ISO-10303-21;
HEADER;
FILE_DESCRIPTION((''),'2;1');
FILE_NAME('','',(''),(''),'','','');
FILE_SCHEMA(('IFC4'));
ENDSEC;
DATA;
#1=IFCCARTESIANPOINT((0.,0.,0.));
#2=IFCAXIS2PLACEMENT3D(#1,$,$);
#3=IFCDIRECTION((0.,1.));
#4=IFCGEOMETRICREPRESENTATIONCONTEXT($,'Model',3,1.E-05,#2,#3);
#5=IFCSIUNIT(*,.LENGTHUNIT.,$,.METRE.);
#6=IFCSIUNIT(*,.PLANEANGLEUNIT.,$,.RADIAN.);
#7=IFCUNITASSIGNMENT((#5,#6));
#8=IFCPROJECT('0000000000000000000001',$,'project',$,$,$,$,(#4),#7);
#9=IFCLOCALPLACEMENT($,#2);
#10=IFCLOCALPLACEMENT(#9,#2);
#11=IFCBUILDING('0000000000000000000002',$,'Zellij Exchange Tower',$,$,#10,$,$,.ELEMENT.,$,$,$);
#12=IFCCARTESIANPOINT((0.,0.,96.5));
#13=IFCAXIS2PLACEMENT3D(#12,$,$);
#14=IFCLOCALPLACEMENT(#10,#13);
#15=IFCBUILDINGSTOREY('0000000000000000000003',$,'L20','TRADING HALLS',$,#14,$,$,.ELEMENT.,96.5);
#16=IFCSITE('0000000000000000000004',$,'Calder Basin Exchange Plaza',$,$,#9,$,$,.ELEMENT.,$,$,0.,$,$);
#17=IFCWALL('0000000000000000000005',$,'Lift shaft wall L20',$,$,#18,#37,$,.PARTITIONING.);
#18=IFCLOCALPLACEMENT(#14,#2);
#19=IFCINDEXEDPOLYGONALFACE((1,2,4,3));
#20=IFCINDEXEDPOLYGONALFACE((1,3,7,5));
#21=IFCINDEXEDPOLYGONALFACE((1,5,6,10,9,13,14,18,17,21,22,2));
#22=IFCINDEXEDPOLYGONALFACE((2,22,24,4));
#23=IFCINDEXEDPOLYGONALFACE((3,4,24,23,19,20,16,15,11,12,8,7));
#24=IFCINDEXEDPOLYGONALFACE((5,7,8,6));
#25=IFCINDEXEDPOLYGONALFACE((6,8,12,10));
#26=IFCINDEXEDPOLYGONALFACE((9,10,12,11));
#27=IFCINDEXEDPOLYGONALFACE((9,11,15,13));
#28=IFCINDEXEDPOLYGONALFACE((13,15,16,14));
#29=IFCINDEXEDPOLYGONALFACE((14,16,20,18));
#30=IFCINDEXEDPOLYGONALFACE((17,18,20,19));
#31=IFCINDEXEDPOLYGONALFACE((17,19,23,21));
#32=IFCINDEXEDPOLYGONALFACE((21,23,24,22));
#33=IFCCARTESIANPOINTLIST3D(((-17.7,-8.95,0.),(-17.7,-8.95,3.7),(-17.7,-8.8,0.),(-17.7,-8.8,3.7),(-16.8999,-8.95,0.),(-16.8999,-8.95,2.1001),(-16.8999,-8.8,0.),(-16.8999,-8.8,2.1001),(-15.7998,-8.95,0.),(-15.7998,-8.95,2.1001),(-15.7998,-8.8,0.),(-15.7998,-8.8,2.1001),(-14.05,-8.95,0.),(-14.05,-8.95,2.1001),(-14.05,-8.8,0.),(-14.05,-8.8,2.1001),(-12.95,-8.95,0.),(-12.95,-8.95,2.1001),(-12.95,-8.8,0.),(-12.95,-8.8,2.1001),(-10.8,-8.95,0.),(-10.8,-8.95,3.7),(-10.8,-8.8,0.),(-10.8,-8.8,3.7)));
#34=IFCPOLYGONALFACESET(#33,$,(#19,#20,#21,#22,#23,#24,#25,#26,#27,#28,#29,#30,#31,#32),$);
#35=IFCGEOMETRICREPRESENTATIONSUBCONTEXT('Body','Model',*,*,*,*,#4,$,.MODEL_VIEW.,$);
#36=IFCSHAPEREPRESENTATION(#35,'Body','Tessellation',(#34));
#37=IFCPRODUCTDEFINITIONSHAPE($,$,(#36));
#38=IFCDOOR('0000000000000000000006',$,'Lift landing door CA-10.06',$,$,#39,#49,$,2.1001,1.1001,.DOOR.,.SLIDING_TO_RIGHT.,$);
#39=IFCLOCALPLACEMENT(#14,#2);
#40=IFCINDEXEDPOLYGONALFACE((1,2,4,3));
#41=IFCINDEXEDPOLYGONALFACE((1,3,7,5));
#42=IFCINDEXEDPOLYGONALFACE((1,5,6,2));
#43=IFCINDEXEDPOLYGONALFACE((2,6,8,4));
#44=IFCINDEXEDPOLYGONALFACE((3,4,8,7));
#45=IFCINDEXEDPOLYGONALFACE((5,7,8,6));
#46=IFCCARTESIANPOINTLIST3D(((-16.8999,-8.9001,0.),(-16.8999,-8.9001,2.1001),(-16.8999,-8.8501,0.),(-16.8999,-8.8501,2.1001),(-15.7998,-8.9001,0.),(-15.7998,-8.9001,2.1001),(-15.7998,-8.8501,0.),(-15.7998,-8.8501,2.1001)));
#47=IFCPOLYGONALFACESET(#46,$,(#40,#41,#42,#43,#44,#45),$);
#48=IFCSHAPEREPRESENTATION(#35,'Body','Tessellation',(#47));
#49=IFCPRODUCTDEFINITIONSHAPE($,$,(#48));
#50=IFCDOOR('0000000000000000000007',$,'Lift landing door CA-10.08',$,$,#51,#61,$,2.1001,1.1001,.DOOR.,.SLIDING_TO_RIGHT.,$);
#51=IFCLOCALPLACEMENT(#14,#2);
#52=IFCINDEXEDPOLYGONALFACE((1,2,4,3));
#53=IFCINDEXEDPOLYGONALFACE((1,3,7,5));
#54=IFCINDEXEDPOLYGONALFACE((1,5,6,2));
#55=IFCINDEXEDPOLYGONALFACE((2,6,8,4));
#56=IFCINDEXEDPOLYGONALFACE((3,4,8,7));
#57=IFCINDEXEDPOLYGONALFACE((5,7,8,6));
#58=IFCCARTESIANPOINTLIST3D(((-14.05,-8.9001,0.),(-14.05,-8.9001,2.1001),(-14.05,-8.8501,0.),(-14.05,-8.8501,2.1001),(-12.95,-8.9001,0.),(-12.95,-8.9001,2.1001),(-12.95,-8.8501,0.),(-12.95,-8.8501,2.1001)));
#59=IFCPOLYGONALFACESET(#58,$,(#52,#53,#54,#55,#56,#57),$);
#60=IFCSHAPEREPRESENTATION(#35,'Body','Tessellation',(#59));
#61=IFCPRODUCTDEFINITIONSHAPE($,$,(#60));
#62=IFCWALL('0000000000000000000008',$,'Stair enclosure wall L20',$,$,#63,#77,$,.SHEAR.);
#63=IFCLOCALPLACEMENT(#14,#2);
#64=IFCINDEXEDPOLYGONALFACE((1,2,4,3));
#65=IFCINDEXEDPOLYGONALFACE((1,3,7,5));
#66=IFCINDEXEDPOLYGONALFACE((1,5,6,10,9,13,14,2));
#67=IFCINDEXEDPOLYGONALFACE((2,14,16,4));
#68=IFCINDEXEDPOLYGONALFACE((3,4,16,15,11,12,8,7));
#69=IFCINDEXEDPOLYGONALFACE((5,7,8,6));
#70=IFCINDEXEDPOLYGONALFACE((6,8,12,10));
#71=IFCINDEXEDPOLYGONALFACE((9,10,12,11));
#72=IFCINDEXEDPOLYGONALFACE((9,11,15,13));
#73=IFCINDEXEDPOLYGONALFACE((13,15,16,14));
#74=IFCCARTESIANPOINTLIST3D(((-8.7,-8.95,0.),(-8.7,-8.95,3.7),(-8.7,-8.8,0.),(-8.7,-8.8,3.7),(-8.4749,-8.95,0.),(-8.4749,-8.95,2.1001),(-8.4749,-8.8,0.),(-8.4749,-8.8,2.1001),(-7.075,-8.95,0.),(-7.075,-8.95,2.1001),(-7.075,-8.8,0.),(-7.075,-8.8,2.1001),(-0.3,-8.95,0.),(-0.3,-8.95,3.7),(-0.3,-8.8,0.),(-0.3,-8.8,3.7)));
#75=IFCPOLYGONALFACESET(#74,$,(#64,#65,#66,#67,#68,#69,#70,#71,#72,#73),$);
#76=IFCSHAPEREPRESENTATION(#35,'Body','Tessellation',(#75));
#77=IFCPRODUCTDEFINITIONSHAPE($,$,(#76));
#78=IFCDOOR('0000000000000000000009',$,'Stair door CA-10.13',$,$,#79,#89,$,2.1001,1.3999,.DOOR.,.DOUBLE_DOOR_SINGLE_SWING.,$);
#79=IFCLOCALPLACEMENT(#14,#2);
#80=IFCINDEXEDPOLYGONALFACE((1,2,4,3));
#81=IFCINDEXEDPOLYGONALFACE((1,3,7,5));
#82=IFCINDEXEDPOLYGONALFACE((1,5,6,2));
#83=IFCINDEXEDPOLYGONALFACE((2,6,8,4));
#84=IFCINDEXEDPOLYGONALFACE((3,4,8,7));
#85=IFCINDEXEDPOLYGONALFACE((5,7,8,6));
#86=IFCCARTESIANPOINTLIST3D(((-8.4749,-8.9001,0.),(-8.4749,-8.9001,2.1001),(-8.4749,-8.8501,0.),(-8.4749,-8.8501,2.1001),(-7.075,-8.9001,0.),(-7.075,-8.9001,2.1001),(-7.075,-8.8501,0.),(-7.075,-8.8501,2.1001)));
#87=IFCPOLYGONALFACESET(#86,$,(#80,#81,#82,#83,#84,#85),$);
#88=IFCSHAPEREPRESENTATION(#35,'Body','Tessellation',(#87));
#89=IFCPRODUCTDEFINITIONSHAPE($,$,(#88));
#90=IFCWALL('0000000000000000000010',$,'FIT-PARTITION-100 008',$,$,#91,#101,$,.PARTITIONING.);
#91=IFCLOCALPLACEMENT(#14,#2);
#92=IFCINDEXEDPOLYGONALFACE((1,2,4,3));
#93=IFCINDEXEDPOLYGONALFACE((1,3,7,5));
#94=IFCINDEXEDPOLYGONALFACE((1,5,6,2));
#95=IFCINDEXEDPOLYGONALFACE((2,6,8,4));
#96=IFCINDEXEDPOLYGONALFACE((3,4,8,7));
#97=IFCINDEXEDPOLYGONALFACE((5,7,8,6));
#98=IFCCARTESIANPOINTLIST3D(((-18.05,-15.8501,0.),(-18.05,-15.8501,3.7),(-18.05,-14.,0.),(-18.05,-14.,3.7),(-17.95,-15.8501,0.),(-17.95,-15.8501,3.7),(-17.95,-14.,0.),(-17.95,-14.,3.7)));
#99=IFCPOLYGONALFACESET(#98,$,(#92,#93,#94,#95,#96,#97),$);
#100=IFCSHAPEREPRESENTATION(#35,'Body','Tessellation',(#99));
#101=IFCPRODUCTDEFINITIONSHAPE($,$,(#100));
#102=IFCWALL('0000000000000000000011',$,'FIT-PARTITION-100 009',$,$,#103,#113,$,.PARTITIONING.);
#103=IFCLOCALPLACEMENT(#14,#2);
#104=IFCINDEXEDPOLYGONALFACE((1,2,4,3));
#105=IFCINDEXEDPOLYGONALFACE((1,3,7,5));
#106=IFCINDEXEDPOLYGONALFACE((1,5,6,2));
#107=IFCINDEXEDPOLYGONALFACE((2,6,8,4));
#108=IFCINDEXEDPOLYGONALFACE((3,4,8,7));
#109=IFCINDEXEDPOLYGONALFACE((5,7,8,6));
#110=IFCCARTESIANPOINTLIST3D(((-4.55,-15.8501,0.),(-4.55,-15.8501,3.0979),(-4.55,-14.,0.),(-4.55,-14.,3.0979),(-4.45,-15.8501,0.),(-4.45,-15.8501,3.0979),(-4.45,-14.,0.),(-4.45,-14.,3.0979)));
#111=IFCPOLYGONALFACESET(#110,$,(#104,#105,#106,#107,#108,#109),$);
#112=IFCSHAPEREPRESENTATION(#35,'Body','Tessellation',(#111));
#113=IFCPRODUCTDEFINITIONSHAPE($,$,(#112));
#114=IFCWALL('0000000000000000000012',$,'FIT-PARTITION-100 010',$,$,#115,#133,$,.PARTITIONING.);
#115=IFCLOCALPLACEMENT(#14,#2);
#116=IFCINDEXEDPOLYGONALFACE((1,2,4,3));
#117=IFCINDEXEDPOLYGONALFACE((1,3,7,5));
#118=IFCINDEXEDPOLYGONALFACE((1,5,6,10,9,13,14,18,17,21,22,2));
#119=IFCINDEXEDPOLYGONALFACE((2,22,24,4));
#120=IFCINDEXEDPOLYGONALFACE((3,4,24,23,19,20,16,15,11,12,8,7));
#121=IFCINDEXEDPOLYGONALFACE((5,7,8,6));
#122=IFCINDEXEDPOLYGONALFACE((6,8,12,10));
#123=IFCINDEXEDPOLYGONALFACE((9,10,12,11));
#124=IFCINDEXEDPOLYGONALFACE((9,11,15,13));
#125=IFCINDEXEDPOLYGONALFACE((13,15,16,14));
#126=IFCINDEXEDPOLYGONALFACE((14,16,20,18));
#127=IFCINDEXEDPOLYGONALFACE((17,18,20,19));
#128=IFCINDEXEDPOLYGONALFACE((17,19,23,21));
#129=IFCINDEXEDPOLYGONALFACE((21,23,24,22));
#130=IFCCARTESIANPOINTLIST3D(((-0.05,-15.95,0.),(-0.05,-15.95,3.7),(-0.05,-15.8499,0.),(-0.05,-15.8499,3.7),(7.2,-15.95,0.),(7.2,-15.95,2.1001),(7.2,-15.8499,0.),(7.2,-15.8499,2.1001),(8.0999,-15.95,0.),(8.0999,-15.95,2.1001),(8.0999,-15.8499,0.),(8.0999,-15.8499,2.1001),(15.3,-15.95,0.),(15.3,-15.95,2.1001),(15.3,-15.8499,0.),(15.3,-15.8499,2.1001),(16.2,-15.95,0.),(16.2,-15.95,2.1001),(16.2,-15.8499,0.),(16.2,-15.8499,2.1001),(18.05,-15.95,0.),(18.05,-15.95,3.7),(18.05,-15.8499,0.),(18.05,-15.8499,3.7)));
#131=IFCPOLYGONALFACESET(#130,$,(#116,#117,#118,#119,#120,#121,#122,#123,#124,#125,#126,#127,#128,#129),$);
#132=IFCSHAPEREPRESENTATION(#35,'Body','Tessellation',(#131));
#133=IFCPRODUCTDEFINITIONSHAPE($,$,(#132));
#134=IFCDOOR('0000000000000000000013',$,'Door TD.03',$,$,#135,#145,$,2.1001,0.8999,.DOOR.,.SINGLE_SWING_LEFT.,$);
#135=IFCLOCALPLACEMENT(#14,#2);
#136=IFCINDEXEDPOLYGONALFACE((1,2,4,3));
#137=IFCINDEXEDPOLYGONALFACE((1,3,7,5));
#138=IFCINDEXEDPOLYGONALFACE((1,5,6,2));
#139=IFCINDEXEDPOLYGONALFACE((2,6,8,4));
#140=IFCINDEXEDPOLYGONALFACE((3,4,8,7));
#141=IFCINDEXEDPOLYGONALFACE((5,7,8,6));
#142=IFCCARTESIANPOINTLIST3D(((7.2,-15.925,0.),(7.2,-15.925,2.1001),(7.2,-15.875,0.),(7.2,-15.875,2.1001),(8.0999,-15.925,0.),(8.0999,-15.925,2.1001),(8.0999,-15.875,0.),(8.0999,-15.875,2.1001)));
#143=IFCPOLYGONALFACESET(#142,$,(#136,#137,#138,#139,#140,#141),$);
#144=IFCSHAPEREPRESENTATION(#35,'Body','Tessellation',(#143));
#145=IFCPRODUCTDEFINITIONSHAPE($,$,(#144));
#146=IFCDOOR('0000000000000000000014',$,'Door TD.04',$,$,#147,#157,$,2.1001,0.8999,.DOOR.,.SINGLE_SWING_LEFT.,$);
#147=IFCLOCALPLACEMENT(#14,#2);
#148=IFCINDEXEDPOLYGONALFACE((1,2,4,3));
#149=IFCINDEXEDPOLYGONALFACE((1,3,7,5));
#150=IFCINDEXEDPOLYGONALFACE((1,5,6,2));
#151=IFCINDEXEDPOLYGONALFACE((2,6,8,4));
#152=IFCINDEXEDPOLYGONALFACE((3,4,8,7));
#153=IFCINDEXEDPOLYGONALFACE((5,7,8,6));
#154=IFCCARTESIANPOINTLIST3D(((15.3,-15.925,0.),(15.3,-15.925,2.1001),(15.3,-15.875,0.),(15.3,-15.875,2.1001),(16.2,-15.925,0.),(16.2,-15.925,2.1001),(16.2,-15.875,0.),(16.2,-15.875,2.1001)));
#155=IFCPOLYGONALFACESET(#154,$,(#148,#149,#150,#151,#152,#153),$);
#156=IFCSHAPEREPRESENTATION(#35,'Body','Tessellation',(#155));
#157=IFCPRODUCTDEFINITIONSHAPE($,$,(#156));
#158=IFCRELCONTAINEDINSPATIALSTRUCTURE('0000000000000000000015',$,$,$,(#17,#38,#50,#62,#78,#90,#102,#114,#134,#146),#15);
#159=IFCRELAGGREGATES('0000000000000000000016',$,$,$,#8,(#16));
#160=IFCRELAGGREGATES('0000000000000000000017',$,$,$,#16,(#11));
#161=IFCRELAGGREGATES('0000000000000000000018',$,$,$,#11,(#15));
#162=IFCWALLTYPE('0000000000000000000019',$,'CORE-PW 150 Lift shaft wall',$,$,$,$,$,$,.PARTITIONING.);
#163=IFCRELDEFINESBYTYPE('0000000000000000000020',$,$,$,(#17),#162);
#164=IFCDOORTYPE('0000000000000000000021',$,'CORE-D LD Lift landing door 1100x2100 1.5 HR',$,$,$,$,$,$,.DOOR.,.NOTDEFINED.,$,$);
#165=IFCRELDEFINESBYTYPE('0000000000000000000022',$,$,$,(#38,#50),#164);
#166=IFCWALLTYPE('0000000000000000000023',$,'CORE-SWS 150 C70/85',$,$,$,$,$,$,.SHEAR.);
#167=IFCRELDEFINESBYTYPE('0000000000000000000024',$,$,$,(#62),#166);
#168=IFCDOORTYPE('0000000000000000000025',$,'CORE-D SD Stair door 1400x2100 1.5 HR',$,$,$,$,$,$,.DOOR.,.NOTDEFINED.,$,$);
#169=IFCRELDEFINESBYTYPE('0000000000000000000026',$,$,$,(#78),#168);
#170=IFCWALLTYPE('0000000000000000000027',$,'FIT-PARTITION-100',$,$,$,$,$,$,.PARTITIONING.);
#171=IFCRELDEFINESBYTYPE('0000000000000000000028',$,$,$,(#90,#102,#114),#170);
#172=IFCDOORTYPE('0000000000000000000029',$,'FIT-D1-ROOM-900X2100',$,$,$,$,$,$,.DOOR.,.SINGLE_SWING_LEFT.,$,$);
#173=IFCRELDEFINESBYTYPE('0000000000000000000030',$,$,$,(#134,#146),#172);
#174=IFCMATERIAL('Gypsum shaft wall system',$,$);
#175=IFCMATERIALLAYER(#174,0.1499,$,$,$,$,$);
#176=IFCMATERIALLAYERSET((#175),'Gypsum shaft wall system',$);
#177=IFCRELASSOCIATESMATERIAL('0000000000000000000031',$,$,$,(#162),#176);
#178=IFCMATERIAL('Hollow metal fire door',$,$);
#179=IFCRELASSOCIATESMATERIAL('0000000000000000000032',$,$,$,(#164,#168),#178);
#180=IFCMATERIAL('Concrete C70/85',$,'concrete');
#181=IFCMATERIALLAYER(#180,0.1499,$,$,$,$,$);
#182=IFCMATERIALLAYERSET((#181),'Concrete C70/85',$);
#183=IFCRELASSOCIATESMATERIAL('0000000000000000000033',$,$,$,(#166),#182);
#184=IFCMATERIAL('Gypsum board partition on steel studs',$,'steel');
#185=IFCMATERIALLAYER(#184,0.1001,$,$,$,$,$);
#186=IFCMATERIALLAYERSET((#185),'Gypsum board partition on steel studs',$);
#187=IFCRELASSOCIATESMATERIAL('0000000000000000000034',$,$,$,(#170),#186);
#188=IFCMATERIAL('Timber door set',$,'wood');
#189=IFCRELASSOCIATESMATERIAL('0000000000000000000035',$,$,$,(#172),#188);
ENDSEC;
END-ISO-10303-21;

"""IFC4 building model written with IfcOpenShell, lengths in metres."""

from ifc_helpers import new_model, si_unit, direction, frame, frame_2d, origin, place, context, subcontext, project, spatial, rectangle, extrude, material, layer, layer_set, type_object, element, fill, save


model = new_model("IFC4")

# Units and contexts
model_context = context("Model", 3, precision=1e-05, world=origin(), true_north=direction((0.0, 1.0)))
body_context = subcontext(model_context, "Body", "Model", "MODEL_VIEW")
ifc_project = project(units=[si_unit("LENGTHUNIT", "METRE"), si_unit("PLANEANGLEUNIT", "RADIAN")], contexts=[model_context])

# Site, building, storey
site_placement = place(None, origin())
site = spatial("IfcSite", under=ifc_project, at=site_placement, Name="Calder Basin Exchange Plaza", CompositionType="ELEMENT", RefElevation=0.0)
building_placement = place(site_placement, origin())
building = spatial("IfcBuilding", under=site, at=building_placement, Name="Zellij Exchange Tower", CompositionType="ELEMENT")
storey_placement = place(building_placement, frame((0.0, 0.0, 96.5)))
storey = spatial("IfcBuildingStorey", under=building, at=storey_placement, Name="L20", Description="TRADING HALLS", CompositionType="ELEMENT", Elevation=96.5)

# Shared definitions
ifc_material_1 = material(Name="Concrete C70/85", Category="concrete")

# Shared definitions
ifc_material_2 = material(Name="Gypsum shaft wall system")
ifc_material_3 = material(Name="Hollow metal fire door")

# Shared definitions
ifc_layer_1 = layer(ifc_material_2, 0.1499)
ifc_layer_set_1 = layer_set([ifc_layer_1], Name="Gypsum shaft wall system")
wall_type_1 = type_object("IfcWallType", Name="CORE-PW 150 Lift shaft wall", PredefinedType="PARTITIONING", material=ifc_layer_set_1)

# Wall, openings, doors
wall_1_placement = place(storey_placement, frame((-17.7, -8.875, 0.0), z_axis=(0.0, 0.0, 1.0), x_axis=(1.0, 0.0, 0.0)))
wall_1 = element("IfcWall", 1, at=wall_1_placement, inside=storey, type_object=wall_type_1, Name="Lift shaft wall L20", PredefinedType="PARTITIONING", context=body_context, shape_type="SweptSolid", body=[
    extrude(rectangle(XDim=6.8999, YDim=0.1499, at=frame_2d((3.45, 0.0))), origin(), (0.0, 0.0, 1.0), 3.7),
])
opening_1_placement = place(wall_1_placement, frame((0.8, 0.0, 0.0)))
opening_1 = element("IfcOpeningElement", 2, at=opening_1_placement, cuts=wall_1, PredefinedType="OPENING", context=body_context, shape_type="SweptSolid", body=[
    extrude(rectangle(XDim=1.1001, YDim=2.1001, at=frame_2d((0.55, 1.05))), frame((0.0, 0.0869, 0.0), z_axis=(0.0, -1.0, 0.0), x_axis=(1.0, 0.0, 0.0)), (0.0, 0.0, 1.0), 0.1738),
])
opening_2_placement = place(wall_1_placement, frame((3.6499, 0.0, 0.0)))
opening_2 = element("IfcOpeningElement", 3, at=opening_2_placement, cuts=wall_1, PredefinedType="OPENING", context=body_context, shape_type="SweptSolid", body=[
    extrude(rectangle(XDim=1.1001, YDim=2.1001, at=frame_2d((0.55, 1.05))), frame((0.0, 0.0869, 0.0), z_axis=(0.0, -1.0, 0.0), x_axis=(1.0, 0.0, 0.0)), (0.0, 0.0, 1.0), 0.1738),
])
door_type_1 = type_object("IfcDoorType", Name="CORE-D LD Lift landing door 1100x2100 1.5 HR", OperationType="NOTDEFINED", PredefinedType="DOOR", material=ifc_material_3)
door_1_placement = place(opening_1_placement, origin())
door_1 = element("IfcDoor", 4, at=door_1_placement, inside=storey, type_object=door_type_1, Name="Lift landing door CA-10.06", OperationType="SLIDING_TO_RIGHT", OverallHeight=2.1001, OverallWidth=1.1001, PredefinedType="DOOR", context=body_context, shape_type="SweptSolid", body=[
    extrude(rectangle(XDim=1.1001, YDim=2.1001, at=frame_2d((0.55, 1.05))), frame((0.0, 0.0249, 0.0), z_axis=(0.0, -1.0, 0.0), x_axis=(1.0, 0.0, 0.0)), (0.0, 0.0, 1.0), 0.05),
])
fill(opening_1, door_1)
door_2_placement = place(opening_2_placement, origin())
door_2 = element("IfcDoor", 5, at=door_2_placement, inside=storey, type_object=door_type_1, Name="Lift landing door CA-10.08", OperationType="SLIDING_TO_RIGHT", OverallHeight=2.1001, OverallWidth=1.1001, PredefinedType="DOOR", context=body_context, shape_type="SweptSolid", body=[
    extrude(rectangle(XDim=1.1001, YDim=2.1001, at=frame_2d((0.55, 1.05))), frame((0.0, 0.0249, 0.0), z_axis=(0.0, -1.0, 0.0), x_axis=(1.0, 0.0, 0.0)), (0.0, 0.0, 1.0), 0.05),
])
fill(opening_2, door_2)

# Wall, opening, door
ifc_layer_2 = layer(ifc_material_1, 0.1499)
ifc_layer_set_2 = layer_set([ifc_layer_2], Name="Concrete C70/85")
wall_type_2 = type_object("IfcWallType", Name="CORE-SWS 150 C70/85", PredefinedType="SHEAR", material=ifc_layer_set_2)
wall_2_placement = place(storey_placement, frame((-8.7, -8.875, 0.0), z_axis=(0.0, 0.0, 1.0), x_axis=(1.0, 0.0, 0.0)))
wall_2 = element("IfcWall", 6, at=wall_2_placement, inside=storey, type_object=wall_type_2, Name="Stair enclosure wall L20", PredefinedType="SHEAR", context=body_context, shape_type="SweptSolid", body=[
    extrude(rectangle(XDim=8.3999, YDim=0.1499, at=frame_2d((4.2, 0.0))), origin(), (0.0, 0.0, 1.0), 3.7),
])
opening_3_placement = place(wall_2_placement, frame((0.2251, 0.0, 0.0)))
opening_3 = element("IfcOpeningElement", 7, at=opening_3_placement, cuts=wall_2, PredefinedType="OPENING", context=body_context, shape_type="SweptSolid", body=[
    extrude(rectangle(XDim=1.3999, YDim=2.1001, at=frame_2d((0.7, 1.05))), frame((0.0, 0.0869, 0.0), z_axis=(0.0, -1.0, 0.0), x_axis=(1.0, 0.0, 0.0)), (0.0, 0.0, 1.0), 0.1738),
])
door_type_2 = type_object("IfcDoorType", Name="CORE-D SD Stair door 1400x2100 1.5 HR", OperationType="NOTDEFINED", PredefinedType="DOOR", material=ifc_material_3)
door_3_placement = place(opening_3_placement, origin())
door_3 = element("IfcDoor", 8, at=door_3_placement, inside=storey, type_object=door_type_2, Name="Stair door CA-10.13", OperationType="DOUBLE_DOOR_SINGLE_SWING", OverallHeight=2.1001, OverallWidth=1.3999, PredefinedType="DOOR", context=body_context, shape_type="SweptSolid", body=[
    extrude(rectangle(XDim=1.3999, YDim=2.1001, at=frame_2d((0.7, 1.05))), frame((0.0, 0.0249, 0.0), z_axis=(0.0, -1.0, 0.0), x_axis=(1.0, 0.0, 0.0)), (0.0, 0.0, 1.0), 0.05),
])
fill(opening_3, door_3)

# Walls
ifc_material_4 = material(Name="Gypsum board partition on steel studs", Category="steel")
ifc_layer_3 = layer(ifc_material_4, 0.1001)
ifc_layer_set_3 = layer_set([ifc_layer_3], Name="Gypsum board partition on steel studs")
wall_type_3 = type_object("IfcWallType", Name="FIT-PARTITION-100", PredefinedType="PARTITIONING", material=ifc_layer_set_3)
wall_3_placement = place(storey_placement, frame((-18.0, -15.8501, 0.0), z_axis=(0.0, 0.0, 1.0), x_axis=(0.0, 1.0, 0.0)))
element("IfcWall", 9, at=wall_3_placement, inside=storey, type_object=wall_type_3, Name="FIT-PARTITION-100 008", PredefinedType="PARTITIONING", context=body_context, shape_type="SweptSolid", body=[
    extrude(rectangle(XDim=1.8501, YDim=0.1001, at=frame_2d((0.925, 0.0))), origin(), (0.0, 0.0, 1.0), 3.7),
])
wall_4_placement = place(storey_placement, frame((-4.5, -15.8501, 0.0), z_axis=(0.0, 0.0, 1.0), x_axis=(0.0, 1.0, 0.0)))
element("IfcWall", 10, at=wall_4_placement, inside=storey, type_object=wall_type_3, Name="FIT-PARTITION-100 009", PredefinedType="PARTITIONING", context=body_context, shape_type="SweptSolid", body=[
    extrude(rectangle(XDim=1.8501, YDim=0.1001, at=frame_2d((0.925, 0.0))), origin(), (0.0, 0.0, 1.0), 3.0979),
])

# Wall, openings, doors
wall_5_placement = place(storey_placement, frame((-0.05, -15.8999, 0.0), z_axis=(0.0, 0.0, 1.0), x_axis=(1.0, 0.0, 0.0)))
wall_5 = element("IfcWall", 11, at=wall_5_placement, inside=storey, type_object=wall_type_3, Name="FIT-PARTITION-100 010", PredefinedType="PARTITIONING", context=body_context, shape_type="SweptSolid", body=[
    extrude(rectangle(XDim=18.1001, YDim=0.1001, at=frame_2d((9.05, 0.0))), origin(), (0.0, 0.0, 1.0), 3.7),
])
opening_4_placement = place(wall_5_placement, frame((7.25, 0.0, 0.0)))
opening_4 = element("IfcOpeningElement", 12, at=opening_4_placement, cuts=wall_5, PredefinedType="OPENING", context=body_context, shape_type="SweptSolid", body=[
    extrude(rectangle(XDim=0.8999, YDim=2.1001, at=frame_2d((0.45, 1.05))), frame((0.0, 0.062, 0.0), z_axis=(0.0, -1.0, 0.0), x_axis=(1.0, 0.0, 0.0)), (0.0, 0.0, 1.0), 0.124),
])
opening_5_placement = place(wall_5_placement, frame((15.3501, 0.0, 0.0)))
opening_5 = element("IfcOpeningElement", 13, at=opening_5_placement, cuts=wall_5, PredefinedType="OPENING", context=body_context, shape_type="SweptSolid", body=[
    extrude(rectangle(XDim=0.8999, YDim=2.1001, at=frame_2d((0.45, 1.05))), frame((0.0, 0.062, 0.0), z_axis=(0.0, -1.0, 0.0), x_axis=(1.0, 0.0, 0.0)), (0.0, 0.0, 1.0), 0.124),
])
ifc_material_5 = material(Name="Timber door set", Category="wood")
door_type_3 = type_object("IfcDoorType", Name="FIT-D1-ROOM-900X2100", OperationType="SINGLE_SWING_LEFT", PredefinedType="DOOR", material=ifc_material_5)
door_4_placement = place(opening_4_placement, origin())
door_4 = element("IfcDoor", 14, at=door_4_placement, inside=storey, type_object=door_type_3, Name="Door TD.03", OperationType="SINGLE_SWING_LEFT", OverallHeight=2.1001, OverallWidth=0.8999, PredefinedType="DOOR", context=body_context, shape_type="SweptSolid", body=[
    extrude(rectangle(XDim=0.8999, YDim=2.1001, at=frame_2d((0.45, 1.05))), frame((0.0, 0.0249, 0.0), z_axis=(0.0, -1.0, 0.0), x_axis=(1.0, 0.0, 0.0)), (0.0, 0.0, 1.0), 0.05),
])
fill(opening_4, door_4)
door_5_placement = place(opening_5_placement, origin())
door_5 = element("IfcDoor", 15, at=door_5_placement, inside=storey, type_object=door_type_3, Name="Door TD.04", OperationType="SINGLE_SWING_LEFT", OverallHeight=2.1001, OverallWidth=0.8999, PredefinedType="DOOR", context=body_context, shape_type="SweptSolid", body=[
    extrude(rectangle(XDim=0.8999, YDim=2.1001, at=frame_2d((0.45, 1.05))), frame((0.0, 0.0249, 0.0), z_axis=(0.0, -1.0, 0.0), x_axis=(1.0, 0.0, 0.0)), (0.0, 0.0, 1.0), 0.05),
])
fill(opening_5, door_5)

save(model, "model.ifc")
